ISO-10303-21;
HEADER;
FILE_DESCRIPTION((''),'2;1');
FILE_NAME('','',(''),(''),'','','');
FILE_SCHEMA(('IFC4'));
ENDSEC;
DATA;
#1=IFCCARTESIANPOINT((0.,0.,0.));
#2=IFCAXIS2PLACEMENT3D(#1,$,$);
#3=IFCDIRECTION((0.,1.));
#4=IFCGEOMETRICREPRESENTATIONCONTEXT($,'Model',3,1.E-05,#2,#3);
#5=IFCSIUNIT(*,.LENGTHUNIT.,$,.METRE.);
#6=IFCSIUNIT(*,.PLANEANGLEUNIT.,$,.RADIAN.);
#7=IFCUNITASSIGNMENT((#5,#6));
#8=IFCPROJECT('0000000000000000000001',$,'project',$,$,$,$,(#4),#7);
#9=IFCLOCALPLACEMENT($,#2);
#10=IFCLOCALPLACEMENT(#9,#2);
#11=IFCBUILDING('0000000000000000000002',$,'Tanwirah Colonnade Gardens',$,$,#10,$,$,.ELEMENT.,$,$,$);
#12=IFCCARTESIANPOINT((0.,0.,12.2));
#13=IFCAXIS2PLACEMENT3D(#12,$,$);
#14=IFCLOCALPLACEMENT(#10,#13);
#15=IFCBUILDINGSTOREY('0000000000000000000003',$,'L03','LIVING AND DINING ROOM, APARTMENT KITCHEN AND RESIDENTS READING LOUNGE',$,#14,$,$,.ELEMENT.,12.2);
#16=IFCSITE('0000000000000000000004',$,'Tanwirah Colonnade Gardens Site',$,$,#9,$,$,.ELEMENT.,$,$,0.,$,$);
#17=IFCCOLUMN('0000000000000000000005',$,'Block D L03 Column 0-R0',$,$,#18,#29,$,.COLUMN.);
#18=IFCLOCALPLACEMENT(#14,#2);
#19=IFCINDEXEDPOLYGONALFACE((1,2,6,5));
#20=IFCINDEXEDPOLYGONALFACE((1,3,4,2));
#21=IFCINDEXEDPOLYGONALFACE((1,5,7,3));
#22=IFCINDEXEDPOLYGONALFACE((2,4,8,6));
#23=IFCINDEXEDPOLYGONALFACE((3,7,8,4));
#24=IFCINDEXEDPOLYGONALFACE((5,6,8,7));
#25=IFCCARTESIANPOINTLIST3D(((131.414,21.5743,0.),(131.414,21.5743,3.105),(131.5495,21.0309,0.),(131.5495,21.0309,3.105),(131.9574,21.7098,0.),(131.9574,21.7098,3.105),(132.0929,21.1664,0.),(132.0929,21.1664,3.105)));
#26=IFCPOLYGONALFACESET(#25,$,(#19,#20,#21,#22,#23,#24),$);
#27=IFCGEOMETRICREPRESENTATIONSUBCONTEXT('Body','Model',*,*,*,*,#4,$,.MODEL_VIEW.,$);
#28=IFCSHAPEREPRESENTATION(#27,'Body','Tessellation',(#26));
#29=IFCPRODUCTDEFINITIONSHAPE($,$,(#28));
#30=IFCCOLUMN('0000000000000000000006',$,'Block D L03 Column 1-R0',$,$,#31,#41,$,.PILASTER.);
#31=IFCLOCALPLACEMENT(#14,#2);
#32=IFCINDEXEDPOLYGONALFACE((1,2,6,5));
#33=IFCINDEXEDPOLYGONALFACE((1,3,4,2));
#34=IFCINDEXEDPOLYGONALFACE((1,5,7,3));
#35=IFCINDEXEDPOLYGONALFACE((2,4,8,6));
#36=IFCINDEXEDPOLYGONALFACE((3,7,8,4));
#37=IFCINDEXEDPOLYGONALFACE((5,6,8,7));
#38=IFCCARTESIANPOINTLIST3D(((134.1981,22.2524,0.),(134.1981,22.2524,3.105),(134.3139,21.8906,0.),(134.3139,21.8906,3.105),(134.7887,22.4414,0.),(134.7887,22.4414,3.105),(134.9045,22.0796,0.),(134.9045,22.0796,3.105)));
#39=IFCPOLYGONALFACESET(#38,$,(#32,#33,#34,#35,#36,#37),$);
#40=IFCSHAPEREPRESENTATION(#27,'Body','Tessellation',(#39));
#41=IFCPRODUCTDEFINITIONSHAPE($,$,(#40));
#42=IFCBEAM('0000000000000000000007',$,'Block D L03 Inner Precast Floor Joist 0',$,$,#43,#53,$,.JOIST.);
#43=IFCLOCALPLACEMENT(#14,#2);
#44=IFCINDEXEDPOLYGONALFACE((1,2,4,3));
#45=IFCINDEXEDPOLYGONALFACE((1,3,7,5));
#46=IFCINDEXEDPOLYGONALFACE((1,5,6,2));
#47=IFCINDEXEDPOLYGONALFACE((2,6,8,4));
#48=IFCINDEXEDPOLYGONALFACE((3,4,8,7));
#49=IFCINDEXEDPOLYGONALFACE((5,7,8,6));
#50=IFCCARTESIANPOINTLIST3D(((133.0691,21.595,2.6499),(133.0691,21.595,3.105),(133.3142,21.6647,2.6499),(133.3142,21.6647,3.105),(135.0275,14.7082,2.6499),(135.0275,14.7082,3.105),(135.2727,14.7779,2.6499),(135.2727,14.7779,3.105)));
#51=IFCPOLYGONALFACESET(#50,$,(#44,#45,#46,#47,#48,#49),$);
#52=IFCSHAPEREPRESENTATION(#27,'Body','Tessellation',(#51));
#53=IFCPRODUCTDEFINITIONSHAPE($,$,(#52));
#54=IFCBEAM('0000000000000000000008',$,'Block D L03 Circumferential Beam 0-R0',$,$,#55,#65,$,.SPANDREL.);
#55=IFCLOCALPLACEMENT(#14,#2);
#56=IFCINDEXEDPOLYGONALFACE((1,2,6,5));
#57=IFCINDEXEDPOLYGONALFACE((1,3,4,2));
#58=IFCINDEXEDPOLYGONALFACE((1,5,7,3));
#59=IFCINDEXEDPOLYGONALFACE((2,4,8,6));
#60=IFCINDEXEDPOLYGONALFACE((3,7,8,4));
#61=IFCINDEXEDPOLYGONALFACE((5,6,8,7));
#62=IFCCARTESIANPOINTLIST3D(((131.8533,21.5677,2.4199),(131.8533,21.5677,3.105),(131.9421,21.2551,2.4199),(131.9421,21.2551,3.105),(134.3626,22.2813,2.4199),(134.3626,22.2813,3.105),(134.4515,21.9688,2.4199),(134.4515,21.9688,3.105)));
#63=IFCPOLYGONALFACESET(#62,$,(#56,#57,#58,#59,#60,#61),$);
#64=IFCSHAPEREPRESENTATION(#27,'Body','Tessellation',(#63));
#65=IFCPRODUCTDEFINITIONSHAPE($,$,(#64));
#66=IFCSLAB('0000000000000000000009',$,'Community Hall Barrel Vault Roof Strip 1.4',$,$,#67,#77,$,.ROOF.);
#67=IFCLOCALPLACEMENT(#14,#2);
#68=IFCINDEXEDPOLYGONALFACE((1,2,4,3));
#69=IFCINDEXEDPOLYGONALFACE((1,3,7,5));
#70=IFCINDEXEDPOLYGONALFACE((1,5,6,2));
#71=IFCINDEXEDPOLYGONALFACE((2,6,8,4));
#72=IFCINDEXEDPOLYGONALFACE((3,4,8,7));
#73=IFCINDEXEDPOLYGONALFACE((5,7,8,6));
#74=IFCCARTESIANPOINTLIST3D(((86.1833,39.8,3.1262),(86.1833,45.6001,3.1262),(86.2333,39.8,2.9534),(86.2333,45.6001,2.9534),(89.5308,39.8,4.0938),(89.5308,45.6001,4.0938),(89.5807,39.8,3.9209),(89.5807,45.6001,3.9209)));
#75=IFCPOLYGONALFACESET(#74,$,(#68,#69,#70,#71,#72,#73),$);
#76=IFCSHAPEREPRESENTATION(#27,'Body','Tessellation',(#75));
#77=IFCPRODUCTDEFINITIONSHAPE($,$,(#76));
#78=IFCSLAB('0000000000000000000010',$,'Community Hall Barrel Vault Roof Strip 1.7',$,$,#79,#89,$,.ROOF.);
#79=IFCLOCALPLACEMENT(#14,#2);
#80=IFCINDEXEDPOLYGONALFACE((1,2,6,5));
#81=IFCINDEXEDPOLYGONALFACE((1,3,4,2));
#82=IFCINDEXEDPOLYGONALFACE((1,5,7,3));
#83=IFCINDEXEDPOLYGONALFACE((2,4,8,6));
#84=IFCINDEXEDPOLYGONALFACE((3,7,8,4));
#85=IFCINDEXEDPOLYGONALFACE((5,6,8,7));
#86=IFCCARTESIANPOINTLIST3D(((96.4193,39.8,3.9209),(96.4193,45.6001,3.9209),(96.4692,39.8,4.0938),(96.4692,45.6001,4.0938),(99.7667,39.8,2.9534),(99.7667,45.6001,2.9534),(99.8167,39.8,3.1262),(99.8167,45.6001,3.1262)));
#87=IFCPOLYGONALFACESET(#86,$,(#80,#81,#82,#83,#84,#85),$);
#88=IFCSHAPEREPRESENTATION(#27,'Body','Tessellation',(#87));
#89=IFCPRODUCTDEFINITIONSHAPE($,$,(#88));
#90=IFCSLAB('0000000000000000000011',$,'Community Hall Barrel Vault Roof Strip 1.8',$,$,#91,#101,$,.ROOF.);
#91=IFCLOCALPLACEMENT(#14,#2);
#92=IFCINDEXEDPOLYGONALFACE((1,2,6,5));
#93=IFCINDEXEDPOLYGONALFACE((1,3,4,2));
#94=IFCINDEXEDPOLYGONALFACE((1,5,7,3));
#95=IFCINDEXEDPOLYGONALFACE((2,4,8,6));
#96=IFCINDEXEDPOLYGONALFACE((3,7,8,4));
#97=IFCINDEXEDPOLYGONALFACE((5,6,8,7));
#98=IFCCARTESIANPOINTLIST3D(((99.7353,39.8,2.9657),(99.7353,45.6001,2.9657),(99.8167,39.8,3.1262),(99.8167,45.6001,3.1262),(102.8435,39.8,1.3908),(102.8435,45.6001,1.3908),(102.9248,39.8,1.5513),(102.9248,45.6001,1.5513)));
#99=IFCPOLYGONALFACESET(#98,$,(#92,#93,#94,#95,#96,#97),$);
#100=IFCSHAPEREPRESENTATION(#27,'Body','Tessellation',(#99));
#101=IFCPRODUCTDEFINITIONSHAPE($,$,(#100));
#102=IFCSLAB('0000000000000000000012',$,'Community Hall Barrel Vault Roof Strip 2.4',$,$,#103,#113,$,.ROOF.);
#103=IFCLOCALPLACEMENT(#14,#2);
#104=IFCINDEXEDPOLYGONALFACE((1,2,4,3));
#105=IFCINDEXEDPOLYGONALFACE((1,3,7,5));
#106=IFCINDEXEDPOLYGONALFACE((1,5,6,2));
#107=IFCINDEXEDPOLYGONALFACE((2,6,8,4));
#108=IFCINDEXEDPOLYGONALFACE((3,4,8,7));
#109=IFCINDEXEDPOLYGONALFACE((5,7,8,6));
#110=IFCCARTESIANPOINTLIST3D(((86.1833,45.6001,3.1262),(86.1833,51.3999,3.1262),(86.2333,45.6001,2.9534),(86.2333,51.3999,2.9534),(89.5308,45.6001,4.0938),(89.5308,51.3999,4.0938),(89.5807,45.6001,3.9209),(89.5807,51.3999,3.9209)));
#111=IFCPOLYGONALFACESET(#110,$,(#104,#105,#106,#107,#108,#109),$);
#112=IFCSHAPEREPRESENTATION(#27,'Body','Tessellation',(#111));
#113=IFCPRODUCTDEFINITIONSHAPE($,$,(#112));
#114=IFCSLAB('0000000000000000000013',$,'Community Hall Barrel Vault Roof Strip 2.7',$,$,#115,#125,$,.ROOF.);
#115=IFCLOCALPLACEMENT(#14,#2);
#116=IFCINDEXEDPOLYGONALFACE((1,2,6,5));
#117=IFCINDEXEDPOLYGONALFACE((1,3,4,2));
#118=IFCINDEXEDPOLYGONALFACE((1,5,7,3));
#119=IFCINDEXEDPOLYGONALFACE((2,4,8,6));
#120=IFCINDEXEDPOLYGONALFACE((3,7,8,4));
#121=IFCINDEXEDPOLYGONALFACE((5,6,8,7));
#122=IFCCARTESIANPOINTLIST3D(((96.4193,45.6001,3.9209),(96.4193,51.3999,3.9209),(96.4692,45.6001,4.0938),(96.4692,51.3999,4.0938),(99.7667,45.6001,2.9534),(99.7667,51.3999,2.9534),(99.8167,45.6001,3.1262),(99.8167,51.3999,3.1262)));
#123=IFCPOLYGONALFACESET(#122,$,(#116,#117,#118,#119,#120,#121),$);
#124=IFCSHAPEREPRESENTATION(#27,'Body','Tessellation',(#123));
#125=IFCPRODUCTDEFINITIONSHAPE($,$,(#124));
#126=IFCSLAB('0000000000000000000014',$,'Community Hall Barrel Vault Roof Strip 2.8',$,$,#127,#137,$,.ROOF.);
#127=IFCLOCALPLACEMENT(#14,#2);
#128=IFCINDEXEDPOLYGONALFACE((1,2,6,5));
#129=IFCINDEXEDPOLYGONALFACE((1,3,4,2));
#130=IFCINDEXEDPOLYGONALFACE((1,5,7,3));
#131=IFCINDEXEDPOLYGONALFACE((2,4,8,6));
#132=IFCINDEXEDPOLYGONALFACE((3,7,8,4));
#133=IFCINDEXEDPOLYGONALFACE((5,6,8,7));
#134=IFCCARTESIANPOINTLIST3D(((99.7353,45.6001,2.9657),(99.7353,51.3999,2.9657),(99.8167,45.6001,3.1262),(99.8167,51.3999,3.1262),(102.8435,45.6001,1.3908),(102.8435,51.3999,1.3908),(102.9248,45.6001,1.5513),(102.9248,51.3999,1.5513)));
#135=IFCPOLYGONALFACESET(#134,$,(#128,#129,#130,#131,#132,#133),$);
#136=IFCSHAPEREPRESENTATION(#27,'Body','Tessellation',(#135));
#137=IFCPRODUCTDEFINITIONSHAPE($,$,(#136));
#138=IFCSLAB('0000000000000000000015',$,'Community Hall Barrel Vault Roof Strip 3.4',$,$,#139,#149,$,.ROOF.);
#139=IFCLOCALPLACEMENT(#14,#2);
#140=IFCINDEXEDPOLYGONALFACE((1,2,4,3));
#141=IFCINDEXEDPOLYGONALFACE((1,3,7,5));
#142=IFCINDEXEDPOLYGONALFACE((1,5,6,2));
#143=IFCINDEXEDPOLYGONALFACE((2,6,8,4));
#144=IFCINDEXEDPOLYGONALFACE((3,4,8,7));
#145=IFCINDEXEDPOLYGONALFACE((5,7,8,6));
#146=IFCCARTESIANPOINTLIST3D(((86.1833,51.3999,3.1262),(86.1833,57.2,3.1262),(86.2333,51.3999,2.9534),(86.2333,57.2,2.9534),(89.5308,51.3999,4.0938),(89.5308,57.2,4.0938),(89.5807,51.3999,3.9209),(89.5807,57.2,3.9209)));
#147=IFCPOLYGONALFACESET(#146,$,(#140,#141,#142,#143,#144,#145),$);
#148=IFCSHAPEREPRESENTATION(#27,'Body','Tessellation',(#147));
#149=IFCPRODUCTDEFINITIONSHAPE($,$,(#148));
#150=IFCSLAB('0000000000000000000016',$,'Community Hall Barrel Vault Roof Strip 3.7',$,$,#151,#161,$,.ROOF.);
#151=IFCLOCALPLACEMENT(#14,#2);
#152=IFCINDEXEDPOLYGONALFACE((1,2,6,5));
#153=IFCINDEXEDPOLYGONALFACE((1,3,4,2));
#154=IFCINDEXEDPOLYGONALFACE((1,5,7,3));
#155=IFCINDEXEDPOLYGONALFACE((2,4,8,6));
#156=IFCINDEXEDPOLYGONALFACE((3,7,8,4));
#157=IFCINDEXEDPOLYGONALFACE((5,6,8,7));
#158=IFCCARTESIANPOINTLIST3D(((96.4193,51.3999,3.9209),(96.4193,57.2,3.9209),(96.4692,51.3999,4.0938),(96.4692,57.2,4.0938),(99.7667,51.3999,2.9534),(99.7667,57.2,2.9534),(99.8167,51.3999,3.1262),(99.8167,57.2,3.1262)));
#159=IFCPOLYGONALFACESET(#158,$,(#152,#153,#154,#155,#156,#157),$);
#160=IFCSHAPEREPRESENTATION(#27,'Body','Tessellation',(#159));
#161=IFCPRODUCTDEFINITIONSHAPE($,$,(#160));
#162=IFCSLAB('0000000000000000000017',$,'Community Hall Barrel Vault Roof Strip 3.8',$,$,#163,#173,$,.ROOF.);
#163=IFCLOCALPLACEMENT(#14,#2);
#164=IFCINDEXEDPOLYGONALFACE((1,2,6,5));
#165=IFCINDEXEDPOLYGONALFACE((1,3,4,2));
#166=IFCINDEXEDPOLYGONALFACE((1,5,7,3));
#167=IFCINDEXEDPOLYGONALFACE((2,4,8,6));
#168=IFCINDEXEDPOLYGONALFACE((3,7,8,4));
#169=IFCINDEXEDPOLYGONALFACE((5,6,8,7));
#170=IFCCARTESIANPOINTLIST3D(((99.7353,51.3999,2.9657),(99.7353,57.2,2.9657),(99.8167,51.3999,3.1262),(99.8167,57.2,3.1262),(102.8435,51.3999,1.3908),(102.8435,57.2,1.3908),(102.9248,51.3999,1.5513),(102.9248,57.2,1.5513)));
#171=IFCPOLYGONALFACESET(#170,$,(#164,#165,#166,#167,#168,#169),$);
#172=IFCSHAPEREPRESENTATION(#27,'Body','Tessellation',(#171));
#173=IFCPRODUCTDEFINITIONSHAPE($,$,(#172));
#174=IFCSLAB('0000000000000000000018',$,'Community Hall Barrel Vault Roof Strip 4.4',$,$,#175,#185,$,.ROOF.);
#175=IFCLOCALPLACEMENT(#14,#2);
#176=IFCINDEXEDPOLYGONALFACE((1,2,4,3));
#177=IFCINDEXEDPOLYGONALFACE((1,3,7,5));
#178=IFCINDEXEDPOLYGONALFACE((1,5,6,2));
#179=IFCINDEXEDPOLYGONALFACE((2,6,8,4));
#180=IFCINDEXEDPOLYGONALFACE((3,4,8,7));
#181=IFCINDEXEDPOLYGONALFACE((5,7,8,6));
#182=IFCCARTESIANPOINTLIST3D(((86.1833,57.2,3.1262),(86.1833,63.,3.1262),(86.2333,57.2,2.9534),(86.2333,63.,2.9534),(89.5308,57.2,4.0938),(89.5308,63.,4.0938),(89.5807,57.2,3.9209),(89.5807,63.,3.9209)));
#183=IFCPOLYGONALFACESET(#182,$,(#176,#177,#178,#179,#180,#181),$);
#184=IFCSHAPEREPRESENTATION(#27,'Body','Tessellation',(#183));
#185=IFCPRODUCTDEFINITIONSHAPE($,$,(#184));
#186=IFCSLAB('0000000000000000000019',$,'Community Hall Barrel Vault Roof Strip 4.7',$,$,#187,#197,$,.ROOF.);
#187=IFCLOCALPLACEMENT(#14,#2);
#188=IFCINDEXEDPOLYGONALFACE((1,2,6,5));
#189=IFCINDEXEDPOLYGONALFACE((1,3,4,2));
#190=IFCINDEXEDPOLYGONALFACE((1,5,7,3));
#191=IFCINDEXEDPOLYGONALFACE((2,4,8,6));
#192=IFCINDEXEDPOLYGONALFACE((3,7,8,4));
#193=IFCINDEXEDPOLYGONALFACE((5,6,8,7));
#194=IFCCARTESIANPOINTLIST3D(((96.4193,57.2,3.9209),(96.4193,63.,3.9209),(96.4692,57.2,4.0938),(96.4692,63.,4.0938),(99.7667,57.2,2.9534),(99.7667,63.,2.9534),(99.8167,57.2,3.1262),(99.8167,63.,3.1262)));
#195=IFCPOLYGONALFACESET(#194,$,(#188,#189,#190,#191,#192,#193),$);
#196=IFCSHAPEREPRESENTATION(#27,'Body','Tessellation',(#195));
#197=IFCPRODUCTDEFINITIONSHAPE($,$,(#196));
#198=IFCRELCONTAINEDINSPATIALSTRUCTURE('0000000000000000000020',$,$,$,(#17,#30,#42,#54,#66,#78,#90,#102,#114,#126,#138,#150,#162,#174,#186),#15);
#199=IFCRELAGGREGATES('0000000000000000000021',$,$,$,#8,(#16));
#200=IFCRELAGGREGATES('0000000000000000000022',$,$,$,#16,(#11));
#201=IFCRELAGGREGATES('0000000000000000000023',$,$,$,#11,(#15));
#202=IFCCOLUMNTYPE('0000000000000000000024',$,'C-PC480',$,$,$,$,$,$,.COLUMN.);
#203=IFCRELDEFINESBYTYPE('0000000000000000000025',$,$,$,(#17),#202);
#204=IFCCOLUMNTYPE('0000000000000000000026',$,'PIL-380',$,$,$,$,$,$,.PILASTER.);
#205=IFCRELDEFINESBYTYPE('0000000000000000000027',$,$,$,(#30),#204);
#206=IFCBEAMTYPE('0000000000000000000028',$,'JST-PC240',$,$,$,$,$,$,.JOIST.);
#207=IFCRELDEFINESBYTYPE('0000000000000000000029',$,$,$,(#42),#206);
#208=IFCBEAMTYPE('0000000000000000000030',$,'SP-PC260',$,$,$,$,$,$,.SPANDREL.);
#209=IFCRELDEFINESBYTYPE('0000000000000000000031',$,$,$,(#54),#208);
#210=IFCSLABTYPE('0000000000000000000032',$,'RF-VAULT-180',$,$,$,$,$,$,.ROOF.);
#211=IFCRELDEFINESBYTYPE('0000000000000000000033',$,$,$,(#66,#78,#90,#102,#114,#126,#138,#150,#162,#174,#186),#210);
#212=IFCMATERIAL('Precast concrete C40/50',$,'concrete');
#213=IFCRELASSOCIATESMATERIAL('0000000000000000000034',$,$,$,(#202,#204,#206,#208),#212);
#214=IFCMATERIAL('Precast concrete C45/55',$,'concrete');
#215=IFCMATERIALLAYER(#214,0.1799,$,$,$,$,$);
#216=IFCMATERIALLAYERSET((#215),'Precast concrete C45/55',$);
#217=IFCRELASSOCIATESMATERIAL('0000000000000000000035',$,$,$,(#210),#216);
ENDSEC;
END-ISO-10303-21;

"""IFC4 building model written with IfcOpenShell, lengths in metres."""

from ifc_helpers import new_model, si_unit, direction, frame, origin, origin_2d, place, context, subcontext, project, spatial, polyline, rectangle, outline, extrude, material, layer, layer_set, material_profile, profile_set, type_object, element, save


model = new_model("IFC4")

# Units and contexts
model_context = context("Model", 3, precision=1e-05, world=origin(), true_north=direction((0.0, 1.0)))
body_context = subcontext(model_context, "Body", "Model", "MODEL_VIEW")
ifc_project = project(units=[si_unit("LENGTHUNIT", "METRE"), si_unit("PLANEANGLEUNIT", "RADIAN")], contexts=[model_context])

# Site, building, storey
site_placement = place(None, origin())
site = spatial("IfcSite", under=ifc_project, at=site_placement, Name="Tanwirah Colonnade Gardens Site", CompositionType="ELEMENT", RefElevation=0.0)
building_placement = place(site_placement, origin())
building = spatial("IfcBuilding", under=site, at=building_placement, Name="Tanwirah Colonnade Gardens", CompositionType="ELEMENT")
storey_placement = place(building_placement, frame((0.0, 0.0, 12.2)))
storey = spatial("IfcBuildingStorey", under=building, at=storey_placement, Name="L03", Description="LIVING AND DINING ROOM, APARTMENT KITCHEN AND RESIDENTS READING LOUNGE", CompositionType="ELEMENT", Elevation=12.2)

# Columns
ifc_material_1 = material(Name="Precast concrete C40/50", Category="concrete")
ifc_material_profile_1 = material_profile(ifc_material_1, rectangle(XDim=0.5601, YDim=0.5601, at=origin_2d()), Name="PC-COL 560x560")
ifc_profile_set_1 = profile_set([ifc_material_profile_1], Name="Precast concrete C40/50")
column_type_1 = type_object("IfcColumnType", Name="C-PC480", PredefinedType="COLUMN", material=ifc_profile_set_1)
column_1_placement = place(storey_placement, frame((131.7534, 21.3704, 0.0), z_axis=(0.0, 0.0, 1.0), x_axis=(0.241922, -0.970296, 0.0)))
element("IfcColumn", 1, at=column_1_placement, inside=storey, type_object=column_type_1, Name="Block D L03 Column 0-R0", PredefinedType="COLUMN", context=body_context, shape_type="SweptSolid", body=[
    extrude(rectangle(XDim=0.5601, YDim=0.5601, at=origin_2d()), origin(), (0.0, 0.0, 1.0), 3.105),
])
ifc_material_profile_2 = material_profile(ifc_material_1, rectangle(XDim=0.3799, YDim=0.6201, at=origin_2d()), Name="PC-PIL 380x620")
ifc_profile_set_2 = profile_set([ifc_material_profile_2], Name="Precast concrete C40/50")
column_type_2 = type_object("IfcColumnType", Name="PIL-380", PredefinedType="PILASTER", material=ifc_profile_set_2)
column_2_placement = place(storey_placement, frame((134.5513, 22.166, 0.0), z_axis=(0.0, 0.0, 1.0), x_axis=(0.304864, -0.952396, 0.0)))
element("IfcColumn", 2, at=column_2_placement, inside=storey, type_object=column_type_2, Name="Block D L03 Column 1-R0", PredefinedType="PILASTER", context=body_context, shape_type="SweptSolid", body=[
    extrude(rectangle(XDim=0.3799, YDim=0.6201, at=origin_2d()), origin(), (0.0, 0.0, 1.0), 3.105),
])

# Beams
ifc_material_profile_3 = material_profile(ifc_material_1, rectangle(XDim=0.2549, YDim=0.4551, at=origin_2d()), Name="PC-JST 255x455")
ifc_profile_set_3 = profile_set([ifc_material_profile_3], Name="Precast concrete C40/50")
beam_type_1 = type_object("IfcBeamType", Name="JST-PC240", PredefinedType="JOIST", material=ifc_profile_set_3)
beam_1_placement = place(storey_placement, frame((133.1917, 21.6299, 2.8774), z_axis=(0.273532, -0.961863, 0.0), x_axis=(0.961863, 0.273532, 0.0)))
element("IfcBeam", 3, at=beam_1_placement, inside=storey, type_object=beam_type_1, Name="Block D L03 Inner Precast Floor Joist 0", PredefinedType="JOIST", context=body_context, shape_type="SweptSolid", body=[
    extrude(rectangle(XDim=0.2549, YDim=0.4551, at=origin_2d()), origin(), (0.0, 0.0, 1.0), 7.1599),
])
ifc_material_profile_4 = material_profile(ifc_material_1, rectangle(XDim=0.325, YDim=0.6851, at=origin_2d()), Name="PC-SP 325x685")
ifc_profile_set_4 = profile_set([ifc_material_profile_4], Name="Precast concrete C40/50")
beam_type_2 = type_object("IfcBeamType", Name="SP-PC260", PredefinedType="SPANDREL", material=ifc_profile_set_4)
beam_2_placement = place(storey_placement, frame((131.8977, 21.4114, 2.7625), z_axis=(0.961859, 0.273547, 0.0), x_axis=(-0.273547, 0.961859, 0.0)))
element("IfcBeam", 4, at=beam_2_placement, inside=storey, type_object=beam_type_2, Name="Block D L03 Circumferential Beam 0-R0", PredefinedType="SPANDREL", context=body_context, shape_type="SweptSolid", body=[
    extrude(rectangle(XDim=0.325, YDim=0.6851, at=origin_2d()), origin(), (0.0, 0.0, 1.0), 2.6089),
])

# Slabs
ifc_material_2 = material(Name="Precast concrete C45/55", Category="concrete")
ifc_layer_1 = layer(ifc_material_2, 0.1799)
ifc_layer_set_1 = layer_set([ifc_layer_1], Name="Precast concrete C45/55")
slab_type = type_object("IfcSlabType", Name="RF-VAULT-180", PredefinedType="ROOF", material=ifc_layer_set_1)
for number, where, z_axis, x_axis, name in (
    (5, (86.1833, 39.8, 3.1262), (-0.277672, 0.0, 0.960676), (0.960676, 0.0, 0.277672), "Community Hall Barrel Vault Roof Strip 1.4"),
    (6, (96.4692, 39.8, 4.0938), (0.277672, 0.0, 0.960676), (0.960676, 0.0, -0.277672), "Community Hall Barrel Vault Roof Strip 1.7"),
):
    element("IfcSlab", number, at=place(storey_placement, frame(where, z_axis=z_axis, x_axis=x_axis)), inside=storey, type_object=slab_type, Name=name, PredefinedType="ROOF", context=body_context, shape_type="SweptSolid", body=[
        extrude(outline(polyline([(0.0, 0.0), (3.4844, 0.0), (3.4844, 5.8), (0.0, 5.8), (0.0, 0.0)])), origin(), (0.0, 0.0, -1.0), 0.1799),
    ])
slab_1_placement = place(storey_placement, frame((99.8167, 39.8, 3.1262), z_axis=(0.452, 0.0, 0.892018), x_axis=(0.892018, 0.0, -0.452)))
element("IfcSlab", 7, at=slab_1_placement, inside=storey, type_object=slab_type, Name="Community Hall Barrel Vault Roof Strip 1.8", PredefinedType="ROOF", context=body_context, shape_type="SweptSolid", body=[
    extrude(outline(polyline([(0.0, 0.0), (3.4844, 0.0), (3.4844, 5.8), (0.0, 5.8), (0.0, 0.0)])), origin(), (0.0, 0.0, -1.0), 0.1799),
])
for number, where, z_axis, x_axis, name in (
    (8, (86.1833, 45.6001, 3.1262), (-0.277672, 0.0, 0.960676), (0.960676, 0.0, 0.277672), "Community Hall Barrel Vault Roof Strip 2.4"),
    (9, (96.4692, 45.6001, 4.0938), (0.277672, 0.0, 0.960676), (0.960676, 0.0, -0.277672), "Community Hall Barrel Vault Roof Strip 2.7"),
):
    element("IfcSlab", number, at=place(storey_placement, frame(where, z_axis=z_axis, x_axis=x_axis)), inside=storey, type_object=slab_type, Name=name, PredefinedType="ROOF", context=body_context, shape_type="SweptSolid", body=[
        extrude(outline(polyline([(0.0, 0.0), (3.4844, 0.0), (3.4844, 5.7998), (0.0, 5.7998), (0.0, 0.0)])), origin(), (0.0, 0.0, -1.0), 0.1799),
    ])
slab_2_placement = place(storey_placement, frame((99.8167, 45.6001, 3.1262), z_axis=(0.452, 0.0, 0.892018), x_axis=(0.892018, 0.0, -0.452)))
element("IfcSlab", 10, at=slab_2_placement, inside=storey, type_object=slab_type, Name="Community Hall Barrel Vault Roof Strip 2.8", PredefinedType="ROOF", context=body_context, shape_type="SweptSolid", body=[
    extrude(outline(polyline([(0.0, 0.0), (3.4844, 0.0), (3.4844, 5.7998), (0.0, 5.7998), (0.0, 0.0)])), origin(), (0.0, 0.0, -1.0), 0.1799),
])
for number, where, z_axis, x_axis, name in (
    (11, (86.1833, 51.3999, 3.1262), (-0.277672, 0.0, 0.960676), (0.960676, 0.0, 0.277672), "Community Hall Barrel Vault Roof Strip 3.4"),
    (12, (96.4692, 51.3999, 4.0938), (0.277672, 0.0, 0.960676), (0.960676, 0.0, -0.277672), "Community Hall Barrel Vault Roof Strip 3.7"),
):
    element("IfcSlab", number, at=place(storey_placement, frame(where, z_axis=z_axis, x_axis=x_axis)), inside=storey, type_object=slab_type, Name=name, PredefinedType="ROOF", context=body_context, shape_type="SweptSolid", body=[
        extrude(outline(polyline([(0.0, 0.0), (3.4844, 0.0), (3.4844, 5.8), (0.0, 5.8), (0.0, 0.0)])), origin(), (0.0, 0.0, -1.0), 0.1799),
    ])
slab_3_placement = place(storey_placement, frame((99.8167, 51.3999, 3.1262), z_axis=(0.452, 0.0, 0.892018), x_axis=(0.892018, 0.0, -0.452)))
element("IfcSlab", 13, at=slab_3_placement, inside=storey, type_object=slab_type, Name="Community Hall Barrel Vault Roof Strip 3.8", PredefinedType="ROOF", context=body_context, shape_type="SweptSolid", body=[
    extrude(outline(polyline([(0.0, 0.0), (3.4844, 0.0), (3.4844, 5.8), (0.0, 5.8), (0.0, 0.0)])), origin(), (0.0, 0.0, -1.0), 0.1799),
])
for number, where, z_axis, x_axis, name in (
    (14, (86.1833, 57.2, 3.1262), (-0.277672, 0.0, 0.960676), (0.960676, 0.0, 0.277672), "Community Hall Barrel Vault Roof Strip 4.4"),
    (15, (96.4692, 57.2, 4.0938), (0.277672, 0.0, 0.960676), (0.960676, 0.0, -0.277672), "Community Hall Barrel Vault Roof Strip 4.7"),
):
    element("IfcSlab", number, at=place(storey_placement, frame(where, z_axis=z_axis, x_axis=x_axis)), inside=storey, type_object=slab_type, Name=name, PredefinedType="ROOF", context=body_context, shape_type="SweptSolid", body=[
        extrude(outline(polyline([(0.0, 0.0), (3.4844, 0.0), (3.4844, 5.8), (0.0, 5.8), (0.0, 0.0)])), origin(), (0.0, 0.0, -1.0), 0.1799),
    ])

save(model, "model.ifc")
